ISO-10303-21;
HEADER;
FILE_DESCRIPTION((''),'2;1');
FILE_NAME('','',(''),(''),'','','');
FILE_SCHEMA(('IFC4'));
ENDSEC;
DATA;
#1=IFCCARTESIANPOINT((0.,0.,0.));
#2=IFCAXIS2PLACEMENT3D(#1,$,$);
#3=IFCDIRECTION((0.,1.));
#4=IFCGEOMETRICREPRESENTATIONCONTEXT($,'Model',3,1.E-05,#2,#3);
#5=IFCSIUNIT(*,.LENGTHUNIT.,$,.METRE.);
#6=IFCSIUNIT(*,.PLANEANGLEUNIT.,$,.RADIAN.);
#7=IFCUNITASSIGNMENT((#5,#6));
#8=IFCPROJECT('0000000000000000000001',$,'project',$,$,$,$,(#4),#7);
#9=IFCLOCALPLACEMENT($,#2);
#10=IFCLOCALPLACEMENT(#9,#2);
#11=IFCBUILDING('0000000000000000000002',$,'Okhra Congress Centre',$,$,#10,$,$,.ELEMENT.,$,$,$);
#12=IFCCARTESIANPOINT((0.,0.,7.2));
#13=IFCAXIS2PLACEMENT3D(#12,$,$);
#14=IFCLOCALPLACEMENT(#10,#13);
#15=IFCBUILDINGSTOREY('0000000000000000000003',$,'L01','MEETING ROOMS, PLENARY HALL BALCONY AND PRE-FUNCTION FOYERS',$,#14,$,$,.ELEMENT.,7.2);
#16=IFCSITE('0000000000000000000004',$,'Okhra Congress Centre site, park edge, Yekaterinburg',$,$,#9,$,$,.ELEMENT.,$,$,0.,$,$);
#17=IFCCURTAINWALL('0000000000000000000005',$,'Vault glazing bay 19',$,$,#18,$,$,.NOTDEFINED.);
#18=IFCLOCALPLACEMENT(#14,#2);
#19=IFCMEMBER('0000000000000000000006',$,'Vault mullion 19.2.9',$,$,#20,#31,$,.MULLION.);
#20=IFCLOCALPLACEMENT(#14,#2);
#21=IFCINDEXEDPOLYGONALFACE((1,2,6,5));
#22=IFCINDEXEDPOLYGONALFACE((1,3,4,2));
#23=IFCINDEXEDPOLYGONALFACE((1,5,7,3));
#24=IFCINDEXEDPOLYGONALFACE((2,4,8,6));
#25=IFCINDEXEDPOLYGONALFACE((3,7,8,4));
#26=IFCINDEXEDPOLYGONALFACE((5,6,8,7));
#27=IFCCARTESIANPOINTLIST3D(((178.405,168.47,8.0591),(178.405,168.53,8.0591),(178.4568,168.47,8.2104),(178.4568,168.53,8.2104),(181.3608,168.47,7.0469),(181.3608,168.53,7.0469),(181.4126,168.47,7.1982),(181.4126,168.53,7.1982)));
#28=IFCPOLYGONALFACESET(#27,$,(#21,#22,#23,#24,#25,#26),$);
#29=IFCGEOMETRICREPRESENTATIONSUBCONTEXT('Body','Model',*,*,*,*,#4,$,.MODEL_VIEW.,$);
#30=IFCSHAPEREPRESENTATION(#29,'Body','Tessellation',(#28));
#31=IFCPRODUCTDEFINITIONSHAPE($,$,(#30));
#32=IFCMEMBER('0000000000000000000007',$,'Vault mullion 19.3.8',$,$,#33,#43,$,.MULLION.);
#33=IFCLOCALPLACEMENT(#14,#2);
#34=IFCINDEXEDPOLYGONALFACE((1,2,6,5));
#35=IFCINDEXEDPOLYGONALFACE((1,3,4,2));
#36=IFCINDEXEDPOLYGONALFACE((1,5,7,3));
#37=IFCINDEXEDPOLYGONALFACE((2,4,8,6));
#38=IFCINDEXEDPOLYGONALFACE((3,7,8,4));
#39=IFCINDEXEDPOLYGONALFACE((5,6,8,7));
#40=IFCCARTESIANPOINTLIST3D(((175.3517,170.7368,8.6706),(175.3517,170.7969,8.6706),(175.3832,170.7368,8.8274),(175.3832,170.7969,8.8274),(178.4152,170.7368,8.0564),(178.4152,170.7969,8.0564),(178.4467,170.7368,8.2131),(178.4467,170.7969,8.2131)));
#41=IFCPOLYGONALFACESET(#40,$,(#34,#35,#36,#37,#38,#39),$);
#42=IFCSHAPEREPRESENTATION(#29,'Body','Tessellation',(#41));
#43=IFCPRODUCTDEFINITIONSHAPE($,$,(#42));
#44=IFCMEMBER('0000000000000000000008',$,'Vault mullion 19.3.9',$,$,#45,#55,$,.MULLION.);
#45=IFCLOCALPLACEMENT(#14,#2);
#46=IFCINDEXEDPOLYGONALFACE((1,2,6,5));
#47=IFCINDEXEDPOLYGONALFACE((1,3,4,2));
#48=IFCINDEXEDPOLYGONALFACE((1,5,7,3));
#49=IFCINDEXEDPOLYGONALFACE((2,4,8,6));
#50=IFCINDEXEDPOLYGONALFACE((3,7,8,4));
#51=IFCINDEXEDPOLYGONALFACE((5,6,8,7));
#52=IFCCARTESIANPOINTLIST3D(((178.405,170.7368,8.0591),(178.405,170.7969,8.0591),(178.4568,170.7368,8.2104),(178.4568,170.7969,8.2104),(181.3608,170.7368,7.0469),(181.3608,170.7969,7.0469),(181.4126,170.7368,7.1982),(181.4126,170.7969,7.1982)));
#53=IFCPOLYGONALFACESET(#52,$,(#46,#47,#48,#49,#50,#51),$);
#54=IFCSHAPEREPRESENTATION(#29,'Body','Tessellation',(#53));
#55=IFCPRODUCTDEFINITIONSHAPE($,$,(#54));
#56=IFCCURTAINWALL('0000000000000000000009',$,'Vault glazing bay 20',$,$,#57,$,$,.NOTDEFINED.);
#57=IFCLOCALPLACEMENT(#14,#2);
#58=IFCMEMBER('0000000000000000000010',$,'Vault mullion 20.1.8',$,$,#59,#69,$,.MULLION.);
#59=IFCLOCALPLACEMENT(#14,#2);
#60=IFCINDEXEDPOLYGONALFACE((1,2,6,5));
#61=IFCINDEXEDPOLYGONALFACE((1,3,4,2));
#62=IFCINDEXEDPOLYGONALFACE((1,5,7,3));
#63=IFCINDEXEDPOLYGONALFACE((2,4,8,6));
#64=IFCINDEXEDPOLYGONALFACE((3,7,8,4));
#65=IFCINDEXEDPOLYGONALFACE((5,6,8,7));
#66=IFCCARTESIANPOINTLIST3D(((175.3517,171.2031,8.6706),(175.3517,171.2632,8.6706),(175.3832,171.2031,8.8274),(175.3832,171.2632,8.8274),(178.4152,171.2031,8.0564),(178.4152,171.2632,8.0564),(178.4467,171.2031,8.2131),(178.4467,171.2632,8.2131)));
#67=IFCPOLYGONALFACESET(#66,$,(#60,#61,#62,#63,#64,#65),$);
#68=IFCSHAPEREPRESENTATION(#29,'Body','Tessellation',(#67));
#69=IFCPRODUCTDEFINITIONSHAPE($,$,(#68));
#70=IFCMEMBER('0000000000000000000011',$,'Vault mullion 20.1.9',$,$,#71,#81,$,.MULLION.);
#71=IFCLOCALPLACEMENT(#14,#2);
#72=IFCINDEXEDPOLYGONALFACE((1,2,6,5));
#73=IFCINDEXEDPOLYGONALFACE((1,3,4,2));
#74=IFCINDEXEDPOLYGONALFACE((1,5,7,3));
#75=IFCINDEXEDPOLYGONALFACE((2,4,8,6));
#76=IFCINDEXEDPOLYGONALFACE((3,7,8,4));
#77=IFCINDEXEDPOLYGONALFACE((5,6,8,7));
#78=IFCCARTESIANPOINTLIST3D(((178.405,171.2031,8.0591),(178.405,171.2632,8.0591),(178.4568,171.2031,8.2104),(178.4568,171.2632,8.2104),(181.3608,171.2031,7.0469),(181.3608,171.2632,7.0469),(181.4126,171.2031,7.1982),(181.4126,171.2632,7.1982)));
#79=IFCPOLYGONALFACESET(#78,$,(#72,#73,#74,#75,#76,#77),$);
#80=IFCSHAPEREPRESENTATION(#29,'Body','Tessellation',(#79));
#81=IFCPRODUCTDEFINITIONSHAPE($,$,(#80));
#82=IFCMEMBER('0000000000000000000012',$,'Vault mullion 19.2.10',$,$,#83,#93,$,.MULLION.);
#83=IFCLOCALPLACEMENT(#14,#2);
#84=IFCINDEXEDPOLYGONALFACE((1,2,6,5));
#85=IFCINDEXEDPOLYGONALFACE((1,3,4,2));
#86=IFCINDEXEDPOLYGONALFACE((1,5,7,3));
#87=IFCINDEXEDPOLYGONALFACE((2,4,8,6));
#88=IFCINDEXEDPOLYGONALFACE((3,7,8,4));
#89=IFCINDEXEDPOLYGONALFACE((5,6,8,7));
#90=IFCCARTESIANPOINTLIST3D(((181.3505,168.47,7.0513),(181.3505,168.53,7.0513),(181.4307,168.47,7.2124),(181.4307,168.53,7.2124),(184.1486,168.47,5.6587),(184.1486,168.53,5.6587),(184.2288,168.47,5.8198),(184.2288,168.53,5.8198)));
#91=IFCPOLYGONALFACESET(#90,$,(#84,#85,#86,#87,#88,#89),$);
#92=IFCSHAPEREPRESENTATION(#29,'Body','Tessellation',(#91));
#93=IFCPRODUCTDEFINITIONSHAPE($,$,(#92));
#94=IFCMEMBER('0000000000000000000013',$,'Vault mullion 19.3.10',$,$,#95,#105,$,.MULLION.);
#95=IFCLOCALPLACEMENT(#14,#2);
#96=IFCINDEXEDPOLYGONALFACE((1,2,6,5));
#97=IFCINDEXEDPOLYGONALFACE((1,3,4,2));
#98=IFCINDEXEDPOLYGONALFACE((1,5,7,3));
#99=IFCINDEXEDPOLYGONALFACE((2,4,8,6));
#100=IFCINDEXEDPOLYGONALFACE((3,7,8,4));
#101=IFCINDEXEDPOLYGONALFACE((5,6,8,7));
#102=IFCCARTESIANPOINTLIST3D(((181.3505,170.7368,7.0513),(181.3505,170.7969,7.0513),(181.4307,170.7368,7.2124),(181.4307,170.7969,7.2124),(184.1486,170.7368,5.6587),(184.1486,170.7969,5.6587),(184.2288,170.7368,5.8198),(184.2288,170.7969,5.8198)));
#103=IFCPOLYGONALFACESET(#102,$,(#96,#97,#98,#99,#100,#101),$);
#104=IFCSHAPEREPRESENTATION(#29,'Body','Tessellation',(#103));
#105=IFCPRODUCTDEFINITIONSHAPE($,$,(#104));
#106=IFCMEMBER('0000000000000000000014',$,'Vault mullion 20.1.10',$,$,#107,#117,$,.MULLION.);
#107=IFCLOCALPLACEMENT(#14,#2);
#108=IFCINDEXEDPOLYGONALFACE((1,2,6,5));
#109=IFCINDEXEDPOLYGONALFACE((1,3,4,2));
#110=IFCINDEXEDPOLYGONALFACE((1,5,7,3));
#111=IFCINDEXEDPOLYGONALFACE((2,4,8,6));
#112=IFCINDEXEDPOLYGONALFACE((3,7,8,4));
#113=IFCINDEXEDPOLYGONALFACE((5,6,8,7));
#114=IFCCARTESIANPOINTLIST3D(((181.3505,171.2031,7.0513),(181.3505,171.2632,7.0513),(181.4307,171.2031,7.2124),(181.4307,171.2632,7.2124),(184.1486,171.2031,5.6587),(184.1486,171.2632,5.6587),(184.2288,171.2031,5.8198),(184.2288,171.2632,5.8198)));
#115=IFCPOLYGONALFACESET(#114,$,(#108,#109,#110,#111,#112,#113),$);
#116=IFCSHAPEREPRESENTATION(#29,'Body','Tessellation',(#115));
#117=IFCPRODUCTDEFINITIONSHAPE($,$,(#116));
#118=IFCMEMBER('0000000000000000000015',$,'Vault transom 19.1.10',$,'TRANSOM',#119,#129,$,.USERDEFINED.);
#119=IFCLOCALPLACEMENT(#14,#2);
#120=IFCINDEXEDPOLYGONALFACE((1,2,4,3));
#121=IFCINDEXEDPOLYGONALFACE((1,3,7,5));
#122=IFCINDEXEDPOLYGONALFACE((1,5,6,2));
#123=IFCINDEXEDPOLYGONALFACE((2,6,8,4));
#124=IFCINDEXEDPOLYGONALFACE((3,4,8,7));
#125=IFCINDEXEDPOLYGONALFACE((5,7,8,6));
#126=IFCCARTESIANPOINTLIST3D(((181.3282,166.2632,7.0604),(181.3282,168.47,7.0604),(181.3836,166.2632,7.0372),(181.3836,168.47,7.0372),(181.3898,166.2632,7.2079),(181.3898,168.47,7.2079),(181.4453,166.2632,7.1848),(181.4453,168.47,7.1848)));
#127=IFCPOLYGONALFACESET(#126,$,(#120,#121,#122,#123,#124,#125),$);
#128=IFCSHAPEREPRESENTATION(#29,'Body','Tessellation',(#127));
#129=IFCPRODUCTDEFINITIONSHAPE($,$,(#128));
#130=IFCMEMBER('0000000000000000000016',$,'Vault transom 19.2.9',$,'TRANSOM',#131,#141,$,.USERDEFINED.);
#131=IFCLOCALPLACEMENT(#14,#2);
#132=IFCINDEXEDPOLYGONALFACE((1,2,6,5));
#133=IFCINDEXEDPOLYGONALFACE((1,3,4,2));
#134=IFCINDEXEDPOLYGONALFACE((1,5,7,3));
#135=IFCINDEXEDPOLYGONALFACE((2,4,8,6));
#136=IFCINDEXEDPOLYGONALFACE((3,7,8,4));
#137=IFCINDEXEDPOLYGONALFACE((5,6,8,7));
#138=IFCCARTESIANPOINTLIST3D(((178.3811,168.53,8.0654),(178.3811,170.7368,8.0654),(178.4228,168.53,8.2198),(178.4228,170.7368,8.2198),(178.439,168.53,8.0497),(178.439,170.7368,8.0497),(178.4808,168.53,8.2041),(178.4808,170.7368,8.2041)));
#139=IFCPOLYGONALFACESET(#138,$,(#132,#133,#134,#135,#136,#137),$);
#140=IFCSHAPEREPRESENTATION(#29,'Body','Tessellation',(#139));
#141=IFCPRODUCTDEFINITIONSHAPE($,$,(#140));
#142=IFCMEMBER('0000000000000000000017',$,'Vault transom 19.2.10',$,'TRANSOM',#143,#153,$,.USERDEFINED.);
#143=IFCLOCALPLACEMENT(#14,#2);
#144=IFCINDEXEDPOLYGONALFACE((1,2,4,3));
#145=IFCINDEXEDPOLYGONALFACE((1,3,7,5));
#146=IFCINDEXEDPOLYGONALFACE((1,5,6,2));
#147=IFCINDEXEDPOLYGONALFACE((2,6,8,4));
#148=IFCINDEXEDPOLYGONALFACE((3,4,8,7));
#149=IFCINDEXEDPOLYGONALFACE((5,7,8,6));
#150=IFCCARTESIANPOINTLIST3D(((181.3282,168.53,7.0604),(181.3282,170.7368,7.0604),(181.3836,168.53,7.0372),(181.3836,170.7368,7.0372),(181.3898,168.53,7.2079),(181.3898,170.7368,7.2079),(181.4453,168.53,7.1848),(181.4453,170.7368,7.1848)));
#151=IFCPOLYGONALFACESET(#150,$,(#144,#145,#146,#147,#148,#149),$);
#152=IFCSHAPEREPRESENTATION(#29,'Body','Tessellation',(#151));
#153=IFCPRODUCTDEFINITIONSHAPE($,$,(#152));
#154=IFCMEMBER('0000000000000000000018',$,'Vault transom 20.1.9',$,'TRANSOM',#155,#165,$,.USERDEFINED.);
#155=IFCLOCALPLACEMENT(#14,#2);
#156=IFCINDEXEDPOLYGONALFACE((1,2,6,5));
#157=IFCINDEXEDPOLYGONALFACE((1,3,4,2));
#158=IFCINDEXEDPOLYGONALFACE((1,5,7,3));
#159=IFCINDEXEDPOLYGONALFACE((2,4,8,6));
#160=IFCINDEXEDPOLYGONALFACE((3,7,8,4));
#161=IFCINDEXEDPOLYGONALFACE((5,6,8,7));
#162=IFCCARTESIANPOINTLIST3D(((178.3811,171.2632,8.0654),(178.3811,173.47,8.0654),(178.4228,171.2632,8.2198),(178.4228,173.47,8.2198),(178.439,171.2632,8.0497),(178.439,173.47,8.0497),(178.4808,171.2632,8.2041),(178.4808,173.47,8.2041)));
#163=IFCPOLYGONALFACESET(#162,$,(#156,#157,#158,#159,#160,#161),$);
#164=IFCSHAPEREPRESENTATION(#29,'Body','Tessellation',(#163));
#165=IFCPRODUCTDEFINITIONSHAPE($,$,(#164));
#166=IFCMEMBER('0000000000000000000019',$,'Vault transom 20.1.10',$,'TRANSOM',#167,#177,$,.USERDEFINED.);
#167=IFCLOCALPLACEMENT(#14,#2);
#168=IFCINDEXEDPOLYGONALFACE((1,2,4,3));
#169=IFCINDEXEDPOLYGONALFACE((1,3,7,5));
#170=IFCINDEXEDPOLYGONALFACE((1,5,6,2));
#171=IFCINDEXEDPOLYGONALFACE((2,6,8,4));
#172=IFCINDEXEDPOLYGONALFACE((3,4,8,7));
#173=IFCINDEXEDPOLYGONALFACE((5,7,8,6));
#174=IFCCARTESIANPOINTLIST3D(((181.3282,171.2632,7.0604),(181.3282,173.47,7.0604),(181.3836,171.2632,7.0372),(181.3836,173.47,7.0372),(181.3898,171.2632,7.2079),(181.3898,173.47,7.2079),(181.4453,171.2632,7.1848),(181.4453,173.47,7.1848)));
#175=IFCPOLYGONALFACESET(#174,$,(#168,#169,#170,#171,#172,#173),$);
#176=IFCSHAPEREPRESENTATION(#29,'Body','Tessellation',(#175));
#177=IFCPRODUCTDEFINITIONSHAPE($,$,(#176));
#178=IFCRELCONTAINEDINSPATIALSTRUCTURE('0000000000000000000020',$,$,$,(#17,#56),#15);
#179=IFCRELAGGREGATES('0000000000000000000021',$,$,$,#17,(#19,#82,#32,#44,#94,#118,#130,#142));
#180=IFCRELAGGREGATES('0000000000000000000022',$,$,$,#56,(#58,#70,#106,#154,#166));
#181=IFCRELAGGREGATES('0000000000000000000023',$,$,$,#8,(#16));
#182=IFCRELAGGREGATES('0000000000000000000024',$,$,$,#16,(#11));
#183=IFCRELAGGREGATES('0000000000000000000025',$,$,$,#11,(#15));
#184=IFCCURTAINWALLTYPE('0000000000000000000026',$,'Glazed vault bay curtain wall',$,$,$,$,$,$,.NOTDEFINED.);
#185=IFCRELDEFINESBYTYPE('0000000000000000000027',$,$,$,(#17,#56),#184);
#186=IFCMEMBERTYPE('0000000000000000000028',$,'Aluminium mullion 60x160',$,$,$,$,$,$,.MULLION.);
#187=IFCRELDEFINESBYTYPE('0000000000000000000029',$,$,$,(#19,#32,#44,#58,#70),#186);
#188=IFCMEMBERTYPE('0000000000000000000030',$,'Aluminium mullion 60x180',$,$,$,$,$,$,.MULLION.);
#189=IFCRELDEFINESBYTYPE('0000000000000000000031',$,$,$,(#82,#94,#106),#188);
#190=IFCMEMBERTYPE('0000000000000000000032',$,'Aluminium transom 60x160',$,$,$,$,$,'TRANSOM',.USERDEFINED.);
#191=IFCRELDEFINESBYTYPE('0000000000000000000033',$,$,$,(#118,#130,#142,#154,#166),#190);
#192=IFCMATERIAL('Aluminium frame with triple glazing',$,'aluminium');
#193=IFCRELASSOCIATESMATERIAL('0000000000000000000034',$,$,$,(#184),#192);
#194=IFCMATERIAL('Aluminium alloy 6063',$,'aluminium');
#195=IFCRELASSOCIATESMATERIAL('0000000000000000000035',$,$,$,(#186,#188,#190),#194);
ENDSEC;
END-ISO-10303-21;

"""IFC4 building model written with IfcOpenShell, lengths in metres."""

from ifc_helpers import new_model, si_unit, direction, frame, origin, origin_2d, place, context, subcontext, project, spatial, rectangle, extrude, material, material_profile, profile_set, type_object, element, aggregate, save


model = new_model("IFC4")

# Units and contexts
model_context = context("Model", 3, precision=1e-05, world=origin(), true_north=direction((0.0, 1.0)))
body_context = subcontext(model_context, "Body", "Model", "MODEL_VIEW")
ifc_project = project(units=[si_unit("LENGTHUNIT", "METRE"), si_unit("PLANEANGLEUNIT", "RADIAN")], contexts=[model_context])

# Site, building, storey
site_placement = place(None, origin())
site = spatial("IfcSite", under=ifc_project, at=site_placement, Name="Okhra Congress Centre site, park edge, Yekaterinburg", CompositionType="ELEMENT", RefElevation=0.0)
building_placement = place(site_placement, origin())
building = spatial("IfcBuilding", under=site, at=building_placement, Name="Okhra Congress Centre", CompositionType="ELEMENT")
storey_placement = place(building_placement, frame((0.0, 0.0, 7.2)))
storey = spatial("IfcBuildingStorey", under=building, at=storey_placement, Name="L01", Description="MEETING ROOMS, PLENARY HALL BALCONY AND PRE-FUNCTION FOYERS", CompositionType="ELEMENT", Elevation=7.2)

# Curtain walls, members
ifc_material_1 = material(Name="Aluminium frame with triple glazing", Category="aluminium")
curtain_wall_type = type_object("IfcCurtainWallType", Name="Glazed vault bay curtain wall", PredefinedType="NOTDEFINED", material=ifc_material_1)
curtain_wall_1_placement = place(storey_placement, origin())
curtain_wall_1 = element("IfcCurtainWall", 1, at=curtain_wall_1_placement, inside=storey, type_object=curtain_wall_type, Name="Vault glazing bay 19", PredefinedType="NOTDEFINED")
ifc_material_2 = material(Name="Aluminium alloy 6063", Category="aluminium")
ifc_material_profile_1 = material_profile(ifc_material_2, rectangle(XDim=0.0601, YDim=0.1599, at=origin_2d()), Name="AL 60x160")
ifc_profile_set_1 = profile_set([ifc_material_profile_1], Name="Aluminium alloy 6063")
member_type_1 = type_object("IfcMemberType", Name="Aluminium mullion 60x160", PredefinedType="MULLION", material=ifc_profile_set_1)
member_1_placement = place(storey_placement, frame((178.4309, 168.5, 8.1348), z_axis=(0.946065, 0.0, -0.323977), x_axis=(0.0, 1.0, 0.0)))
member_1 = element("IfcMember", 2, at=member_1_placement, type_object=member_type_1, Name="Vault mullion 19.2.9", PredefinedType="MULLION", context=body_context, shape_type="SweptSolid", body=[
    extrude(rectangle(XDim=0.0601, YDim=0.1599, at=origin_2d()), origin(), (0.0, 0.0, 1.0), 3.1243),
])
member_2_placement = place(storey_placement, frame((175.3674, 170.7668, 8.749), z_axis=(0.980484, 0.0, -0.196597), x_axis=(0.0, 1.0, 0.0)))
member_2 = element("IfcMember", 3, at=member_2_placement, type_object=member_type_1, Name="Vault mullion 19.3.8", PredefinedType="MULLION", context=body_context, shape_type="SweptSolid", body=[
    extrude(rectangle(XDim=0.0601, YDim=0.1599, at=origin_2d()), origin(), (0.0, 0.0, 1.0), 3.1245),
])
member_3_placement = place(storey_placement, frame((178.4309, 170.7668, 8.1348), z_axis=(0.946065, 0.0, -0.323977), x_axis=(0.0, 1.0, 0.0)))
member_3 = element("IfcMember", 4, at=member_3_placement, type_object=member_type_1, Name="Vault mullion 19.3.9", PredefinedType="MULLION", context=body_context, shape_type="SweptSolid", body=[
    extrude(rectangle(XDim=0.0601, YDim=0.1599, at=origin_2d()), origin(), (0.0, 0.0, 1.0), 3.1243),
])
curtain_wall_2_placement = place(storey_placement, origin())
curtain_wall_2 = element("IfcCurtainWall", 5, at=curtain_wall_2_placement, inside=storey, type_object=curtain_wall_type, Name="Vault glazing bay 20", PredefinedType="NOTDEFINED")
member_4_placement = place(storey_placement, frame((175.3674, 171.2332, 8.749), z_axis=(0.980484, 0.0, -0.196597), x_axis=(0.0, 1.0, 0.0)))
member_4 = element("IfcMember", 6, at=member_4_placement, type_object=member_type_1, Name="Vault mullion 20.1.8", PredefinedType="MULLION", context=body_context, shape_type="SweptSolid", body=[
    extrude(rectangle(XDim=0.0601, YDim=0.1599, at=origin_2d()), origin(), (0.0, 0.0, 1.0), 3.1245),
])
member_5_placement = place(storey_placement, frame((178.4309, 171.2332, 8.1348), z_axis=(0.946065, 0.0, -0.323977), x_axis=(0.0, 1.0, 0.0)))
member_5 = element("IfcMember", 7, at=member_5_placement, type_object=member_type_1, Name="Vault mullion 20.1.9", PredefinedType="MULLION", context=body_context, shape_type="SweptSolid", body=[
    extrude(rectangle(XDim=0.0601, YDim=0.1599, at=origin_2d()), origin(), (0.0, 0.0, 1.0), 3.1243),
])

# Members
ifc_material_profile_2 = material_profile(ifc_material_2, rectangle(XDim=0.0601, YDim=0.1799, at=origin_2d()), Name="AL 60x180")
ifc_profile_set_2 = profile_set([ifc_material_profile_2], Name="Aluminium alloy 6063")
member_type_2 = type_object("IfcMemberType", Name="Aluminium mullion 60x180", PredefinedType="MULLION", material=ifc_profile_set_2)
member_6_placement = place(storey_placement, frame((181.3906, 168.5, 7.1318), z_axis=(0.895254, 0.0, -0.445557), x_axis=(0.0, 1.0, 0.0)))
member_6 = element("IfcMember", 8, at=member_6_placement, type_object=member_type_2, Name="Vault mullion 19.2.10", PredefinedType="MULLION", context=body_context, shape_type="SweptSolid", body=[
    extrude(rectangle(XDim=0.0601, YDim=0.1799, at=origin_2d()), origin(), (0.0, 0.0, 1.0), 3.1255),
])
member_7_placement = place(storey_placement, frame((181.3906, 170.7668, 7.1318), z_axis=(0.895254, 0.0, -0.445557), x_axis=(0.0, 1.0, 0.0)))
member_7 = element("IfcMember", 9, at=member_7_placement, type_object=member_type_2, Name="Vault mullion 19.3.10", PredefinedType="MULLION", context=body_context, shape_type="SweptSolid", body=[
    extrude(rectangle(XDim=0.0601, YDim=0.1799, at=origin_2d()), origin(), (0.0, 0.0, 1.0), 3.1255),
])
member_8_placement = place(storey_placement, frame((181.3906, 171.2332, 7.1318), z_axis=(0.895254, 0.0, -0.445557), x_axis=(0.0, 1.0, 0.0)))
member_8 = element("IfcMember", 10, at=member_8_placement, type_object=member_type_2, Name="Vault mullion 20.1.10", PredefinedType="MULLION", context=body_context, shape_type="SweptSolid", body=[
    extrude(rectangle(XDim=0.0601, YDim=0.1799, at=origin_2d()), origin(), (0.0, 0.0, 1.0), 3.1255),
])
ifc_material_profile_3 = material_profile(ifc_material_2, rectangle(XDim=0.0601, YDim=0.1599, at=origin_2d()), Name="AL 60x160 transom")
ifc_profile_set_3 = profile_set([ifc_material_profile_3], Name="Aluminium alloy 6063")
member_type_3 = type_object("IfcMemberType", Name="Aluminium transom 60x160", ElementType="TRANSOM", PredefinedType="USERDEFINED", material=ifc_profile_set_3)
member_9_placement = place(storey_placement, frame((181.3867, 166.2632, 7.1226), z_axis=(0.0, 1.0, 0.0), x_axis=(-0.922669, 0.0, 0.385593)))
member_9 = element("IfcMember", 11, at=member_9_placement, type_object=member_type_3, Name="Vault transom 19.1.10", ObjectType="TRANSOM", PredefinedType="USERDEFINED", context=body_context, shape_type="SweptSolid", body=[
    extrude(rectangle(XDim=0.0601, YDim=0.1599, at=origin_2d()), origin(), (0.0, 0.0, 1.0), 2.2068),
])
member_10_placement = place(storey_placement, frame((178.4309, 168.53, 8.1348), z_axis=(0.0, 1.0, 0.0), x_axis=(-0.96538, 0.0, 0.260848)))
member_10 = element("IfcMember", 12, at=member_10_placement, type_object=member_type_3, Name="Vault transom 19.2.9", ObjectType="TRANSOM", PredefinedType="USERDEFINED", context=body_context, shape_type="SweptSolid", body=[
    extrude(rectangle(XDim=0.0601, YDim=0.1599, at=origin_2d()), origin(), (0.0, 0.0, 1.0), 2.2068),
])
member_11_placement = place(storey_placement, frame((181.3867, 168.53, 7.1226), z_axis=(0.0, 1.0, 0.0), x_axis=(-0.922669, 0.0, 0.385593)))
member_11 = element("IfcMember", 13, at=member_11_placement, type_object=member_type_3, Name="Vault transom 19.2.10", ObjectType="TRANSOM", PredefinedType="USERDEFINED", context=body_context, shape_type="SweptSolid", body=[
    extrude(rectangle(XDim=0.0601, YDim=0.1599, at=origin_2d()), origin(), (0.0, 0.0, 1.0), 2.2068),
])
member_12_placement = place(storey_placement, frame((178.4309, 171.2632, 8.1348), z_axis=(0.0, 1.0, 0.0), x_axis=(-0.96538, 0.0, 0.260848)))
member_12 = element("IfcMember", 14, at=member_12_placement, type_object=member_type_3, Name="Vault transom 20.1.9", ObjectType="TRANSOM", PredefinedType="USERDEFINED", context=body_context, shape_type="SweptSolid", body=[
    extrude(rectangle(XDim=0.0601, YDim=0.1599, at=origin_2d()), origin(), (0.0, 0.0, 1.0), 2.2068),
])
member_13_placement = place(storey_placement, frame((181.3867, 171.2632, 7.1226), z_axis=(0.0, 1.0, 0.0), x_axis=(-0.922669, 0.0, 0.385593)))
member_13 = element("IfcMember", 15, at=member_13_placement, type_object=member_type_3, Name="Vault transom 20.1.10", ObjectType="TRANSOM", PredefinedType="USERDEFINED", context=body_context, shape_type="SweptSolid", body=[
    extrude(rectangle(XDim=0.0601, YDim=0.1599, at=origin_2d()), origin(), (0.0, 0.0, 1.0), 2.2068),
])

aggregate(curtain_wall_1, [member_1, member_6, member_2, member_3, member_7, member_9, member_10, member_11])
aggregate(curtain_wall_2, [member_4, member_5, member_8, member_12, member_13])

save(model, "model.ifc")
